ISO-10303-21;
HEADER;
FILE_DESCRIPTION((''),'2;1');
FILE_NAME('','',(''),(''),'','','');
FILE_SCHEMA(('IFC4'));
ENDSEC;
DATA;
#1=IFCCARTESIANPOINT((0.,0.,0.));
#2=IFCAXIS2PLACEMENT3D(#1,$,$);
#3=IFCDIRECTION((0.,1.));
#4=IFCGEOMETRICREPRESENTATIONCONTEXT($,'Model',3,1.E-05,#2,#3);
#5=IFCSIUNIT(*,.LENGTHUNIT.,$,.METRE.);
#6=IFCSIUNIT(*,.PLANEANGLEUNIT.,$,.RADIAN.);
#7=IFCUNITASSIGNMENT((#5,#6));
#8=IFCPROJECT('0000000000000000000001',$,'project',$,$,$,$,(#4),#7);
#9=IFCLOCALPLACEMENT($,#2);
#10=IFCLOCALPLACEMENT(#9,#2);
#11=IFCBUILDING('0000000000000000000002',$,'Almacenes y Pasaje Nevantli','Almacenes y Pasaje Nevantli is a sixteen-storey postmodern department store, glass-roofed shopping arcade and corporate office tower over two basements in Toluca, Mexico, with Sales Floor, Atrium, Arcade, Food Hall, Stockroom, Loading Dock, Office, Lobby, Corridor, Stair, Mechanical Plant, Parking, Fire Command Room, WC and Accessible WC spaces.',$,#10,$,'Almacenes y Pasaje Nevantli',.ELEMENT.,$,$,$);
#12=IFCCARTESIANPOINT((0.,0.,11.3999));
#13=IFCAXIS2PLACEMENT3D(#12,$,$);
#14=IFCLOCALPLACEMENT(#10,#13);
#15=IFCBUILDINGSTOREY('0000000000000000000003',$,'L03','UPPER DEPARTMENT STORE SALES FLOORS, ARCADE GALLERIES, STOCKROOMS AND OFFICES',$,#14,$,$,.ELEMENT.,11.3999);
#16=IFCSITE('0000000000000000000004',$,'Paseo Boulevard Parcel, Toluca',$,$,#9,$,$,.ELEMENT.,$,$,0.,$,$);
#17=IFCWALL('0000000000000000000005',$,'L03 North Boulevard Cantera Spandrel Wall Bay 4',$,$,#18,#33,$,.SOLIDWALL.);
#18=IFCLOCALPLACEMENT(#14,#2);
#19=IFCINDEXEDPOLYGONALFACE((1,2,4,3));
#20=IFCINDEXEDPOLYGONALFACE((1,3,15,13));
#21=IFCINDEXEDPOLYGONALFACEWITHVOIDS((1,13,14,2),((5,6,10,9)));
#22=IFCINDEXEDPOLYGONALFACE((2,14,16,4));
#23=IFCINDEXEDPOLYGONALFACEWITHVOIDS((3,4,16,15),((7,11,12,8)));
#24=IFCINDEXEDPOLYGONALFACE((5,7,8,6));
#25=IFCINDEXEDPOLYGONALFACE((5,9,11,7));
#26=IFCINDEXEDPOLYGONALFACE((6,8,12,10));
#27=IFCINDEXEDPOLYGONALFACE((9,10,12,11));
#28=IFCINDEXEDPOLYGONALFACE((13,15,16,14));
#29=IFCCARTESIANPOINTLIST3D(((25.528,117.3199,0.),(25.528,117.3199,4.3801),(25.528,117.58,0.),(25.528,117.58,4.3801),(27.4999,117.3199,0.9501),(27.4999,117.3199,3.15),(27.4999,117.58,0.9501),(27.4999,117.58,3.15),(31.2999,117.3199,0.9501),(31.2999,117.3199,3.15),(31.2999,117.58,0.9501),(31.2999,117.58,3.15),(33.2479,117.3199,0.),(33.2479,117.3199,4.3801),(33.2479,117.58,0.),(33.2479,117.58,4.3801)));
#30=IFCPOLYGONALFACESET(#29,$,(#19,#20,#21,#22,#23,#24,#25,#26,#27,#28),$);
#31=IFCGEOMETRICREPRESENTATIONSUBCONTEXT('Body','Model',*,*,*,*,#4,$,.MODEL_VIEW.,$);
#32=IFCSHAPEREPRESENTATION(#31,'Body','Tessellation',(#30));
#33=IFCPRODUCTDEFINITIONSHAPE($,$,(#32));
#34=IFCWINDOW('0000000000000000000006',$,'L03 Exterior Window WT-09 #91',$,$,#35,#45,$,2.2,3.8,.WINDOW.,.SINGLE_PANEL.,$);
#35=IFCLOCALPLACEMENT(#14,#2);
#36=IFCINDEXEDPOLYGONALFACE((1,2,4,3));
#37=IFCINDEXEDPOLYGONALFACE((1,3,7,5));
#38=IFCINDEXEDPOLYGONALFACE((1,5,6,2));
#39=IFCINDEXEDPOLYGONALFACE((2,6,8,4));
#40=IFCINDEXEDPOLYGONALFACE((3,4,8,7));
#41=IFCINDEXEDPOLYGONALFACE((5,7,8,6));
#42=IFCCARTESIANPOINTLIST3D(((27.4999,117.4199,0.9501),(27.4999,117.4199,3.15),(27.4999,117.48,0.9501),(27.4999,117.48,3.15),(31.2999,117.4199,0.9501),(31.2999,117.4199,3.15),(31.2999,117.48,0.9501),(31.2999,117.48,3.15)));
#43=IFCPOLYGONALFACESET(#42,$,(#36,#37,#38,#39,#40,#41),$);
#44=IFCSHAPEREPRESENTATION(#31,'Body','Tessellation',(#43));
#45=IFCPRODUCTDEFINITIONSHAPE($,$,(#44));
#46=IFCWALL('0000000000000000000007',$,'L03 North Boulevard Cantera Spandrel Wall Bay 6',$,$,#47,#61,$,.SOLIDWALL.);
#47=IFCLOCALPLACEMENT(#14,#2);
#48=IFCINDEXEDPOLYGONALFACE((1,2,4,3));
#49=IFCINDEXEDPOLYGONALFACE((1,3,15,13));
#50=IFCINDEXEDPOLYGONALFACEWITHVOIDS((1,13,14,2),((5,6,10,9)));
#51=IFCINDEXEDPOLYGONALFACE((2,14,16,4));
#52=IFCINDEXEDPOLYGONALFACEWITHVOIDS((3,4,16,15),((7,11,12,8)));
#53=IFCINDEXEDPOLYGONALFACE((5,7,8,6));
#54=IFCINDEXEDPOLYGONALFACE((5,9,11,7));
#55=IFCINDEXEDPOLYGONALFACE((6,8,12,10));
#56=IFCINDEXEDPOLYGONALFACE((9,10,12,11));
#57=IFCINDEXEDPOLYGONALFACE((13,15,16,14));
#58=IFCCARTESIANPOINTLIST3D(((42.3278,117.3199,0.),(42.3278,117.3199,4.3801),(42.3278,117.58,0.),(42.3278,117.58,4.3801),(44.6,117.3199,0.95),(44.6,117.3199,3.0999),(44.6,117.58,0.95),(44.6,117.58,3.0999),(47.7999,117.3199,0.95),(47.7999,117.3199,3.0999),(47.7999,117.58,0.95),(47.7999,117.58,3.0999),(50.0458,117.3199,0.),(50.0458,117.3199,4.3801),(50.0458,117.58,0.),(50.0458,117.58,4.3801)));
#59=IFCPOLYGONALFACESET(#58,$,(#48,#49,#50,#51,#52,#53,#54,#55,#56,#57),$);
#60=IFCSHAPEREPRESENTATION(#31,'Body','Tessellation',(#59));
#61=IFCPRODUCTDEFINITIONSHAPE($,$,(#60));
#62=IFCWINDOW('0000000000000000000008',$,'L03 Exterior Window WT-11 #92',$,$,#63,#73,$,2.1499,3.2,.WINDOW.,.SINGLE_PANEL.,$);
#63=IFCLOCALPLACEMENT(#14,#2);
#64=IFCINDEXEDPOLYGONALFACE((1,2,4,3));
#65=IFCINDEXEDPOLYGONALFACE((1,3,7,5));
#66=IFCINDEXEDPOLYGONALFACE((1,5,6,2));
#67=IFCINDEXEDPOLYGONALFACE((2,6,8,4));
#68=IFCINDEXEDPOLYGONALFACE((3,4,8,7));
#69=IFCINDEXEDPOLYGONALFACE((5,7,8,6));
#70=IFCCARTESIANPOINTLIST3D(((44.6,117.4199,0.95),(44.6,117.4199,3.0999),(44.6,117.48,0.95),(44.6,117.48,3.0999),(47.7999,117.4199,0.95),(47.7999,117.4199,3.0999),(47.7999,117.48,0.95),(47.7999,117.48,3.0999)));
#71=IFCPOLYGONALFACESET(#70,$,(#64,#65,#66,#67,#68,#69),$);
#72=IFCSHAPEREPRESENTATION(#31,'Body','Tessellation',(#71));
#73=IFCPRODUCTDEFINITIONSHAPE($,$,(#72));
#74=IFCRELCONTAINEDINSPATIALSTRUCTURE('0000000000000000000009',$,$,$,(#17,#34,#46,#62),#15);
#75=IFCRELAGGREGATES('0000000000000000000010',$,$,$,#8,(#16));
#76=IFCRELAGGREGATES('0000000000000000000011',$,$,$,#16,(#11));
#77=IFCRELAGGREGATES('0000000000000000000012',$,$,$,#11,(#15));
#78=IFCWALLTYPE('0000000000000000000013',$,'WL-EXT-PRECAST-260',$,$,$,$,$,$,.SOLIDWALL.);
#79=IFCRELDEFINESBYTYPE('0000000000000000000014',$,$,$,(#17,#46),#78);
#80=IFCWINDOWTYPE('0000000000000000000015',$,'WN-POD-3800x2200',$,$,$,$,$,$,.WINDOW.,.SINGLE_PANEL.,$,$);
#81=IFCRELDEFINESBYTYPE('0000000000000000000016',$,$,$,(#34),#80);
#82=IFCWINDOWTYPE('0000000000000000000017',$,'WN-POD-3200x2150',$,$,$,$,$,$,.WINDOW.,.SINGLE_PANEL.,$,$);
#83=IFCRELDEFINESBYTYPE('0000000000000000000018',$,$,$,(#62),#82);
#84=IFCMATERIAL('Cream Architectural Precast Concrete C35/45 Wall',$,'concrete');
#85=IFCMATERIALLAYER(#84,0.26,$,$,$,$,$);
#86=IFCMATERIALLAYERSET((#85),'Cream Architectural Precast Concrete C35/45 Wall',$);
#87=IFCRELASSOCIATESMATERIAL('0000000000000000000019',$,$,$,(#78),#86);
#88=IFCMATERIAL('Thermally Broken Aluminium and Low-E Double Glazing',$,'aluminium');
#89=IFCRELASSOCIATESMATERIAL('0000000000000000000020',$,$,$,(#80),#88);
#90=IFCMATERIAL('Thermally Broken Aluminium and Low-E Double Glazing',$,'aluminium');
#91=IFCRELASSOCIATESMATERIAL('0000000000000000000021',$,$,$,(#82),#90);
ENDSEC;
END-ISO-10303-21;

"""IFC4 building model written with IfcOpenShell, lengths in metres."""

from ifc_helpers import new_model, si_unit, direction, frame, frame_2d, origin, place, context, subcontext, project, spatial, rectangle, extrude, material, layer, layer_set, type_object, element, fill, save


model = new_model("IFC4")

# Units and contexts
model_context = context("Model", 3, precision=1e-05, world=origin(), true_north=direction((0.0, 1.0)))
body_context = subcontext(model_context, "Body", "Model", "MODEL_VIEW")
ifc_project = project(units=[si_unit("LENGTHUNIT", "METRE"), si_unit("PLANEANGLEUNIT", "RADIAN")], contexts=[model_context])

# Site, building, storey
site_placement = place(None, origin())
site = spatial("IfcSite", under=ifc_project, at=site_placement, Name="Paseo Boulevard Parcel, Toluca", CompositionType="ELEMENT", RefElevation=0.0)
building_placement = place(site_placement, origin())
building = spatial("IfcBuilding", under=site, at=building_placement, Name="Almacenes y Pasaje Nevantli", Description="Almacenes y Pasaje Nevantli is a sixteen-storey postmodern department store, glass-roofed shopping arcade and corporate office tower over two basements in Toluca, Mexico, with Sales Floor, Atrium, Arcade, Food Hall, Stockroom, Loading Dock, Office, Lobby, Corridor, Stair, Mechanical Plant, Parking, Fire Command Room, WC and Accessible WC spaces.", LongName="Almacenes y Pasaje Nevantli", CompositionType="ELEMENT")
storey_placement = place(building_placement, frame((0.0, 0.0, 11.3999)))
storey = spatial("IfcBuildingStorey", under=building, at=storey_placement, Name="L03", Description="UPPER DEPARTMENT STORE SALES FLOORS, ARCADE GALLERIES, STOCKROOMS AND OFFICES", CompositionType="ELEMENT", Elevation=11.3999)

# Walls, openings, windows
ifc_material_1 = material(Name="Cream Architectural Precast Concrete C35/45 Wall", Category="concrete")
ifc_layer_1 = layer(ifc_material_1, 0.26)
ifc_layer_set_1 = layer_set([ifc_layer_1], Name="Cream Architectural Precast Concrete C35/45 Wall")
wall_type = type_object("IfcWallType", Name="WL-EXT-PRECAST-260", PredefinedType="SOLIDWALL", material=ifc_layer_set_1)
wall_1_placement = place(storey_placement, frame((25.5281, 117.45, 0.0), z_axis=(0.0, 0.0, 1.0), x_axis=(1.0, 0.0, 0.0)))
wall_1 = element("IfcWall", 1, at=wall_1_placement, inside=storey, type_object=wall_type, Name="L03 North Boulevard Cantera Spandrel Wall Bay 4", PredefinedType="SOLIDWALL", context=body_context, shape_type="SweptSolid", body=[
    extrude(rectangle(XDim=7.72, YDim=0.26, at=frame_2d((3.8599, 0.0))), origin(), (0.0, 0.0, 1.0), 4.3801),
])
opening_1_placement = place(wall_1_placement, frame((1.9719, 0.0, 0.95)))
opening_1 = element("IfcOpeningElement", 2, at=opening_1_placement, cuts=wall_1, PredefinedType="OPENING", context=body_context, shape_type="SweptSolid", body=[
    extrude(rectangle(XDim=3.8, YDim=2.2, at=frame_2d((1.8999, 1.1001))), frame((0.0, 0.1399, 0.0), z_axis=(0.0, -1.0, 0.0), x_axis=(1.0, 0.0, 0.0)), (0.0, 0.0, 1.0), 0.28),
])
ifc_material_2 = material(Name="Thermally Broken Aluminium and Low-E Double Glazing", Category="aluminium")
window_type_1 = type_object("IfcWindowType", Name="WN-POD-3800x2200", PartitioningType="SINGLE_PANEL", PredefinedType="WINDOW", material=ifc_material_2)
window_1_placement = place(opening_1_placement, origin())
window_1 = element("IfcWindow", 3, at=window_1_placement, inside=storey, type_object=window_type_1, Name="L03 Exterior Window WT-09 #91", OverallHeight=2.2, OverallWidth=3.8, PartitioningType="SINGLE_PANEL", PredefinedType="WINDOW", context=body_context, shape_type="SweptSolid", body=[
    extrude(rectangle(XDim=3.8, YDim=2.2, at=frame_2d((1.8999, 1.1001))), frame((0.0, 0.03, 0.0), z_axis=(0.0, -1.0, 0.0), x_axis=(1.0, 0.0, 0.0)), (0.0, 0.0, 1.0), 0.0601),
])
fill(opening_1, window_1)
wall_2_placement = place(storey_placement, frame((42.3279, 117.45, 0.0), z_axis=(0.0, 0.0, 1.0), x_axis=(1.0, 0.0, 0.0)))
wall_2 = element("IfcWall", 4, at=wall_2_placement, inside=storey, type_object=wall_type, Name="L03 North Boulevard Cantera Spandrel Wall Bay 6", PredefinedType="SOLIDWALL", context=body_context, shape_type="SweptSolid", body=[
    extrude(rectangle(XDim=7.718, YDim=0.26, at=frame_2d((3.8589, 0.0))), origin(), (0.0, 0.0, 1.0), 4.3801),
])
opening_2_placement = place(wall_2_placement, frame((2.272, 0.0, 0.95)))
opening_2 = element("IfcOpeningElement", 5, at=opening_2_placement, cuts=wall_2, PredefinedType="OPENING", context=body_context, shape_type="SweptSolid", body=[
    extrude(rectangle(XDim=3.2, YDim=2.1499, at=frame_2d((1.6001, 1.075))), frame((0.0, 0.1399, 0.0), z_axis=(0.0, -1.0, 0.0), x_axis=(1.0, 0.0, 0.0)), (0.0, 0.0, 1.0), 0.28),
])
ifc_material_3 = material(Name="Thermally Broken Aluminium and Low-E Double Glazing", Category="aluminium")
window_type_2 = type_object("IfcWindowType", Name="WN-POD-3200x2150", PartitioningType="SINGLE_PANEL", PredefinedType="WINDOW", material=ifc_material_3)
window_2_placement = place(opening_2_placement, origin())
window_2 = element("IfcWindow", 6, at=window_2_placement, inside=storey, type_object=window_type_2, Name="L03 Exterior Window WT-11 #92", OverallHeight=2.1499, OverallWidth=3.2, PartitioningType="SINGLE_PANEL", PredefinedType="WINDOW", context=body_context, shape_type="SweptSolid", body=[
    extrude(rectangle(XDim=3.2, YDim=2.1499, at=frame_2d((1.6001, 1.075))), frame((0.0, 0.03, 0.0), z_axis=(0.0, -1.0, 0.0), x_axis=(1.0, 0.0, 0.0)), (0.0, 0.0, 1.0), 0.0601),
])
fill(opening_2, window_2)

save(model, "model.ifc")
